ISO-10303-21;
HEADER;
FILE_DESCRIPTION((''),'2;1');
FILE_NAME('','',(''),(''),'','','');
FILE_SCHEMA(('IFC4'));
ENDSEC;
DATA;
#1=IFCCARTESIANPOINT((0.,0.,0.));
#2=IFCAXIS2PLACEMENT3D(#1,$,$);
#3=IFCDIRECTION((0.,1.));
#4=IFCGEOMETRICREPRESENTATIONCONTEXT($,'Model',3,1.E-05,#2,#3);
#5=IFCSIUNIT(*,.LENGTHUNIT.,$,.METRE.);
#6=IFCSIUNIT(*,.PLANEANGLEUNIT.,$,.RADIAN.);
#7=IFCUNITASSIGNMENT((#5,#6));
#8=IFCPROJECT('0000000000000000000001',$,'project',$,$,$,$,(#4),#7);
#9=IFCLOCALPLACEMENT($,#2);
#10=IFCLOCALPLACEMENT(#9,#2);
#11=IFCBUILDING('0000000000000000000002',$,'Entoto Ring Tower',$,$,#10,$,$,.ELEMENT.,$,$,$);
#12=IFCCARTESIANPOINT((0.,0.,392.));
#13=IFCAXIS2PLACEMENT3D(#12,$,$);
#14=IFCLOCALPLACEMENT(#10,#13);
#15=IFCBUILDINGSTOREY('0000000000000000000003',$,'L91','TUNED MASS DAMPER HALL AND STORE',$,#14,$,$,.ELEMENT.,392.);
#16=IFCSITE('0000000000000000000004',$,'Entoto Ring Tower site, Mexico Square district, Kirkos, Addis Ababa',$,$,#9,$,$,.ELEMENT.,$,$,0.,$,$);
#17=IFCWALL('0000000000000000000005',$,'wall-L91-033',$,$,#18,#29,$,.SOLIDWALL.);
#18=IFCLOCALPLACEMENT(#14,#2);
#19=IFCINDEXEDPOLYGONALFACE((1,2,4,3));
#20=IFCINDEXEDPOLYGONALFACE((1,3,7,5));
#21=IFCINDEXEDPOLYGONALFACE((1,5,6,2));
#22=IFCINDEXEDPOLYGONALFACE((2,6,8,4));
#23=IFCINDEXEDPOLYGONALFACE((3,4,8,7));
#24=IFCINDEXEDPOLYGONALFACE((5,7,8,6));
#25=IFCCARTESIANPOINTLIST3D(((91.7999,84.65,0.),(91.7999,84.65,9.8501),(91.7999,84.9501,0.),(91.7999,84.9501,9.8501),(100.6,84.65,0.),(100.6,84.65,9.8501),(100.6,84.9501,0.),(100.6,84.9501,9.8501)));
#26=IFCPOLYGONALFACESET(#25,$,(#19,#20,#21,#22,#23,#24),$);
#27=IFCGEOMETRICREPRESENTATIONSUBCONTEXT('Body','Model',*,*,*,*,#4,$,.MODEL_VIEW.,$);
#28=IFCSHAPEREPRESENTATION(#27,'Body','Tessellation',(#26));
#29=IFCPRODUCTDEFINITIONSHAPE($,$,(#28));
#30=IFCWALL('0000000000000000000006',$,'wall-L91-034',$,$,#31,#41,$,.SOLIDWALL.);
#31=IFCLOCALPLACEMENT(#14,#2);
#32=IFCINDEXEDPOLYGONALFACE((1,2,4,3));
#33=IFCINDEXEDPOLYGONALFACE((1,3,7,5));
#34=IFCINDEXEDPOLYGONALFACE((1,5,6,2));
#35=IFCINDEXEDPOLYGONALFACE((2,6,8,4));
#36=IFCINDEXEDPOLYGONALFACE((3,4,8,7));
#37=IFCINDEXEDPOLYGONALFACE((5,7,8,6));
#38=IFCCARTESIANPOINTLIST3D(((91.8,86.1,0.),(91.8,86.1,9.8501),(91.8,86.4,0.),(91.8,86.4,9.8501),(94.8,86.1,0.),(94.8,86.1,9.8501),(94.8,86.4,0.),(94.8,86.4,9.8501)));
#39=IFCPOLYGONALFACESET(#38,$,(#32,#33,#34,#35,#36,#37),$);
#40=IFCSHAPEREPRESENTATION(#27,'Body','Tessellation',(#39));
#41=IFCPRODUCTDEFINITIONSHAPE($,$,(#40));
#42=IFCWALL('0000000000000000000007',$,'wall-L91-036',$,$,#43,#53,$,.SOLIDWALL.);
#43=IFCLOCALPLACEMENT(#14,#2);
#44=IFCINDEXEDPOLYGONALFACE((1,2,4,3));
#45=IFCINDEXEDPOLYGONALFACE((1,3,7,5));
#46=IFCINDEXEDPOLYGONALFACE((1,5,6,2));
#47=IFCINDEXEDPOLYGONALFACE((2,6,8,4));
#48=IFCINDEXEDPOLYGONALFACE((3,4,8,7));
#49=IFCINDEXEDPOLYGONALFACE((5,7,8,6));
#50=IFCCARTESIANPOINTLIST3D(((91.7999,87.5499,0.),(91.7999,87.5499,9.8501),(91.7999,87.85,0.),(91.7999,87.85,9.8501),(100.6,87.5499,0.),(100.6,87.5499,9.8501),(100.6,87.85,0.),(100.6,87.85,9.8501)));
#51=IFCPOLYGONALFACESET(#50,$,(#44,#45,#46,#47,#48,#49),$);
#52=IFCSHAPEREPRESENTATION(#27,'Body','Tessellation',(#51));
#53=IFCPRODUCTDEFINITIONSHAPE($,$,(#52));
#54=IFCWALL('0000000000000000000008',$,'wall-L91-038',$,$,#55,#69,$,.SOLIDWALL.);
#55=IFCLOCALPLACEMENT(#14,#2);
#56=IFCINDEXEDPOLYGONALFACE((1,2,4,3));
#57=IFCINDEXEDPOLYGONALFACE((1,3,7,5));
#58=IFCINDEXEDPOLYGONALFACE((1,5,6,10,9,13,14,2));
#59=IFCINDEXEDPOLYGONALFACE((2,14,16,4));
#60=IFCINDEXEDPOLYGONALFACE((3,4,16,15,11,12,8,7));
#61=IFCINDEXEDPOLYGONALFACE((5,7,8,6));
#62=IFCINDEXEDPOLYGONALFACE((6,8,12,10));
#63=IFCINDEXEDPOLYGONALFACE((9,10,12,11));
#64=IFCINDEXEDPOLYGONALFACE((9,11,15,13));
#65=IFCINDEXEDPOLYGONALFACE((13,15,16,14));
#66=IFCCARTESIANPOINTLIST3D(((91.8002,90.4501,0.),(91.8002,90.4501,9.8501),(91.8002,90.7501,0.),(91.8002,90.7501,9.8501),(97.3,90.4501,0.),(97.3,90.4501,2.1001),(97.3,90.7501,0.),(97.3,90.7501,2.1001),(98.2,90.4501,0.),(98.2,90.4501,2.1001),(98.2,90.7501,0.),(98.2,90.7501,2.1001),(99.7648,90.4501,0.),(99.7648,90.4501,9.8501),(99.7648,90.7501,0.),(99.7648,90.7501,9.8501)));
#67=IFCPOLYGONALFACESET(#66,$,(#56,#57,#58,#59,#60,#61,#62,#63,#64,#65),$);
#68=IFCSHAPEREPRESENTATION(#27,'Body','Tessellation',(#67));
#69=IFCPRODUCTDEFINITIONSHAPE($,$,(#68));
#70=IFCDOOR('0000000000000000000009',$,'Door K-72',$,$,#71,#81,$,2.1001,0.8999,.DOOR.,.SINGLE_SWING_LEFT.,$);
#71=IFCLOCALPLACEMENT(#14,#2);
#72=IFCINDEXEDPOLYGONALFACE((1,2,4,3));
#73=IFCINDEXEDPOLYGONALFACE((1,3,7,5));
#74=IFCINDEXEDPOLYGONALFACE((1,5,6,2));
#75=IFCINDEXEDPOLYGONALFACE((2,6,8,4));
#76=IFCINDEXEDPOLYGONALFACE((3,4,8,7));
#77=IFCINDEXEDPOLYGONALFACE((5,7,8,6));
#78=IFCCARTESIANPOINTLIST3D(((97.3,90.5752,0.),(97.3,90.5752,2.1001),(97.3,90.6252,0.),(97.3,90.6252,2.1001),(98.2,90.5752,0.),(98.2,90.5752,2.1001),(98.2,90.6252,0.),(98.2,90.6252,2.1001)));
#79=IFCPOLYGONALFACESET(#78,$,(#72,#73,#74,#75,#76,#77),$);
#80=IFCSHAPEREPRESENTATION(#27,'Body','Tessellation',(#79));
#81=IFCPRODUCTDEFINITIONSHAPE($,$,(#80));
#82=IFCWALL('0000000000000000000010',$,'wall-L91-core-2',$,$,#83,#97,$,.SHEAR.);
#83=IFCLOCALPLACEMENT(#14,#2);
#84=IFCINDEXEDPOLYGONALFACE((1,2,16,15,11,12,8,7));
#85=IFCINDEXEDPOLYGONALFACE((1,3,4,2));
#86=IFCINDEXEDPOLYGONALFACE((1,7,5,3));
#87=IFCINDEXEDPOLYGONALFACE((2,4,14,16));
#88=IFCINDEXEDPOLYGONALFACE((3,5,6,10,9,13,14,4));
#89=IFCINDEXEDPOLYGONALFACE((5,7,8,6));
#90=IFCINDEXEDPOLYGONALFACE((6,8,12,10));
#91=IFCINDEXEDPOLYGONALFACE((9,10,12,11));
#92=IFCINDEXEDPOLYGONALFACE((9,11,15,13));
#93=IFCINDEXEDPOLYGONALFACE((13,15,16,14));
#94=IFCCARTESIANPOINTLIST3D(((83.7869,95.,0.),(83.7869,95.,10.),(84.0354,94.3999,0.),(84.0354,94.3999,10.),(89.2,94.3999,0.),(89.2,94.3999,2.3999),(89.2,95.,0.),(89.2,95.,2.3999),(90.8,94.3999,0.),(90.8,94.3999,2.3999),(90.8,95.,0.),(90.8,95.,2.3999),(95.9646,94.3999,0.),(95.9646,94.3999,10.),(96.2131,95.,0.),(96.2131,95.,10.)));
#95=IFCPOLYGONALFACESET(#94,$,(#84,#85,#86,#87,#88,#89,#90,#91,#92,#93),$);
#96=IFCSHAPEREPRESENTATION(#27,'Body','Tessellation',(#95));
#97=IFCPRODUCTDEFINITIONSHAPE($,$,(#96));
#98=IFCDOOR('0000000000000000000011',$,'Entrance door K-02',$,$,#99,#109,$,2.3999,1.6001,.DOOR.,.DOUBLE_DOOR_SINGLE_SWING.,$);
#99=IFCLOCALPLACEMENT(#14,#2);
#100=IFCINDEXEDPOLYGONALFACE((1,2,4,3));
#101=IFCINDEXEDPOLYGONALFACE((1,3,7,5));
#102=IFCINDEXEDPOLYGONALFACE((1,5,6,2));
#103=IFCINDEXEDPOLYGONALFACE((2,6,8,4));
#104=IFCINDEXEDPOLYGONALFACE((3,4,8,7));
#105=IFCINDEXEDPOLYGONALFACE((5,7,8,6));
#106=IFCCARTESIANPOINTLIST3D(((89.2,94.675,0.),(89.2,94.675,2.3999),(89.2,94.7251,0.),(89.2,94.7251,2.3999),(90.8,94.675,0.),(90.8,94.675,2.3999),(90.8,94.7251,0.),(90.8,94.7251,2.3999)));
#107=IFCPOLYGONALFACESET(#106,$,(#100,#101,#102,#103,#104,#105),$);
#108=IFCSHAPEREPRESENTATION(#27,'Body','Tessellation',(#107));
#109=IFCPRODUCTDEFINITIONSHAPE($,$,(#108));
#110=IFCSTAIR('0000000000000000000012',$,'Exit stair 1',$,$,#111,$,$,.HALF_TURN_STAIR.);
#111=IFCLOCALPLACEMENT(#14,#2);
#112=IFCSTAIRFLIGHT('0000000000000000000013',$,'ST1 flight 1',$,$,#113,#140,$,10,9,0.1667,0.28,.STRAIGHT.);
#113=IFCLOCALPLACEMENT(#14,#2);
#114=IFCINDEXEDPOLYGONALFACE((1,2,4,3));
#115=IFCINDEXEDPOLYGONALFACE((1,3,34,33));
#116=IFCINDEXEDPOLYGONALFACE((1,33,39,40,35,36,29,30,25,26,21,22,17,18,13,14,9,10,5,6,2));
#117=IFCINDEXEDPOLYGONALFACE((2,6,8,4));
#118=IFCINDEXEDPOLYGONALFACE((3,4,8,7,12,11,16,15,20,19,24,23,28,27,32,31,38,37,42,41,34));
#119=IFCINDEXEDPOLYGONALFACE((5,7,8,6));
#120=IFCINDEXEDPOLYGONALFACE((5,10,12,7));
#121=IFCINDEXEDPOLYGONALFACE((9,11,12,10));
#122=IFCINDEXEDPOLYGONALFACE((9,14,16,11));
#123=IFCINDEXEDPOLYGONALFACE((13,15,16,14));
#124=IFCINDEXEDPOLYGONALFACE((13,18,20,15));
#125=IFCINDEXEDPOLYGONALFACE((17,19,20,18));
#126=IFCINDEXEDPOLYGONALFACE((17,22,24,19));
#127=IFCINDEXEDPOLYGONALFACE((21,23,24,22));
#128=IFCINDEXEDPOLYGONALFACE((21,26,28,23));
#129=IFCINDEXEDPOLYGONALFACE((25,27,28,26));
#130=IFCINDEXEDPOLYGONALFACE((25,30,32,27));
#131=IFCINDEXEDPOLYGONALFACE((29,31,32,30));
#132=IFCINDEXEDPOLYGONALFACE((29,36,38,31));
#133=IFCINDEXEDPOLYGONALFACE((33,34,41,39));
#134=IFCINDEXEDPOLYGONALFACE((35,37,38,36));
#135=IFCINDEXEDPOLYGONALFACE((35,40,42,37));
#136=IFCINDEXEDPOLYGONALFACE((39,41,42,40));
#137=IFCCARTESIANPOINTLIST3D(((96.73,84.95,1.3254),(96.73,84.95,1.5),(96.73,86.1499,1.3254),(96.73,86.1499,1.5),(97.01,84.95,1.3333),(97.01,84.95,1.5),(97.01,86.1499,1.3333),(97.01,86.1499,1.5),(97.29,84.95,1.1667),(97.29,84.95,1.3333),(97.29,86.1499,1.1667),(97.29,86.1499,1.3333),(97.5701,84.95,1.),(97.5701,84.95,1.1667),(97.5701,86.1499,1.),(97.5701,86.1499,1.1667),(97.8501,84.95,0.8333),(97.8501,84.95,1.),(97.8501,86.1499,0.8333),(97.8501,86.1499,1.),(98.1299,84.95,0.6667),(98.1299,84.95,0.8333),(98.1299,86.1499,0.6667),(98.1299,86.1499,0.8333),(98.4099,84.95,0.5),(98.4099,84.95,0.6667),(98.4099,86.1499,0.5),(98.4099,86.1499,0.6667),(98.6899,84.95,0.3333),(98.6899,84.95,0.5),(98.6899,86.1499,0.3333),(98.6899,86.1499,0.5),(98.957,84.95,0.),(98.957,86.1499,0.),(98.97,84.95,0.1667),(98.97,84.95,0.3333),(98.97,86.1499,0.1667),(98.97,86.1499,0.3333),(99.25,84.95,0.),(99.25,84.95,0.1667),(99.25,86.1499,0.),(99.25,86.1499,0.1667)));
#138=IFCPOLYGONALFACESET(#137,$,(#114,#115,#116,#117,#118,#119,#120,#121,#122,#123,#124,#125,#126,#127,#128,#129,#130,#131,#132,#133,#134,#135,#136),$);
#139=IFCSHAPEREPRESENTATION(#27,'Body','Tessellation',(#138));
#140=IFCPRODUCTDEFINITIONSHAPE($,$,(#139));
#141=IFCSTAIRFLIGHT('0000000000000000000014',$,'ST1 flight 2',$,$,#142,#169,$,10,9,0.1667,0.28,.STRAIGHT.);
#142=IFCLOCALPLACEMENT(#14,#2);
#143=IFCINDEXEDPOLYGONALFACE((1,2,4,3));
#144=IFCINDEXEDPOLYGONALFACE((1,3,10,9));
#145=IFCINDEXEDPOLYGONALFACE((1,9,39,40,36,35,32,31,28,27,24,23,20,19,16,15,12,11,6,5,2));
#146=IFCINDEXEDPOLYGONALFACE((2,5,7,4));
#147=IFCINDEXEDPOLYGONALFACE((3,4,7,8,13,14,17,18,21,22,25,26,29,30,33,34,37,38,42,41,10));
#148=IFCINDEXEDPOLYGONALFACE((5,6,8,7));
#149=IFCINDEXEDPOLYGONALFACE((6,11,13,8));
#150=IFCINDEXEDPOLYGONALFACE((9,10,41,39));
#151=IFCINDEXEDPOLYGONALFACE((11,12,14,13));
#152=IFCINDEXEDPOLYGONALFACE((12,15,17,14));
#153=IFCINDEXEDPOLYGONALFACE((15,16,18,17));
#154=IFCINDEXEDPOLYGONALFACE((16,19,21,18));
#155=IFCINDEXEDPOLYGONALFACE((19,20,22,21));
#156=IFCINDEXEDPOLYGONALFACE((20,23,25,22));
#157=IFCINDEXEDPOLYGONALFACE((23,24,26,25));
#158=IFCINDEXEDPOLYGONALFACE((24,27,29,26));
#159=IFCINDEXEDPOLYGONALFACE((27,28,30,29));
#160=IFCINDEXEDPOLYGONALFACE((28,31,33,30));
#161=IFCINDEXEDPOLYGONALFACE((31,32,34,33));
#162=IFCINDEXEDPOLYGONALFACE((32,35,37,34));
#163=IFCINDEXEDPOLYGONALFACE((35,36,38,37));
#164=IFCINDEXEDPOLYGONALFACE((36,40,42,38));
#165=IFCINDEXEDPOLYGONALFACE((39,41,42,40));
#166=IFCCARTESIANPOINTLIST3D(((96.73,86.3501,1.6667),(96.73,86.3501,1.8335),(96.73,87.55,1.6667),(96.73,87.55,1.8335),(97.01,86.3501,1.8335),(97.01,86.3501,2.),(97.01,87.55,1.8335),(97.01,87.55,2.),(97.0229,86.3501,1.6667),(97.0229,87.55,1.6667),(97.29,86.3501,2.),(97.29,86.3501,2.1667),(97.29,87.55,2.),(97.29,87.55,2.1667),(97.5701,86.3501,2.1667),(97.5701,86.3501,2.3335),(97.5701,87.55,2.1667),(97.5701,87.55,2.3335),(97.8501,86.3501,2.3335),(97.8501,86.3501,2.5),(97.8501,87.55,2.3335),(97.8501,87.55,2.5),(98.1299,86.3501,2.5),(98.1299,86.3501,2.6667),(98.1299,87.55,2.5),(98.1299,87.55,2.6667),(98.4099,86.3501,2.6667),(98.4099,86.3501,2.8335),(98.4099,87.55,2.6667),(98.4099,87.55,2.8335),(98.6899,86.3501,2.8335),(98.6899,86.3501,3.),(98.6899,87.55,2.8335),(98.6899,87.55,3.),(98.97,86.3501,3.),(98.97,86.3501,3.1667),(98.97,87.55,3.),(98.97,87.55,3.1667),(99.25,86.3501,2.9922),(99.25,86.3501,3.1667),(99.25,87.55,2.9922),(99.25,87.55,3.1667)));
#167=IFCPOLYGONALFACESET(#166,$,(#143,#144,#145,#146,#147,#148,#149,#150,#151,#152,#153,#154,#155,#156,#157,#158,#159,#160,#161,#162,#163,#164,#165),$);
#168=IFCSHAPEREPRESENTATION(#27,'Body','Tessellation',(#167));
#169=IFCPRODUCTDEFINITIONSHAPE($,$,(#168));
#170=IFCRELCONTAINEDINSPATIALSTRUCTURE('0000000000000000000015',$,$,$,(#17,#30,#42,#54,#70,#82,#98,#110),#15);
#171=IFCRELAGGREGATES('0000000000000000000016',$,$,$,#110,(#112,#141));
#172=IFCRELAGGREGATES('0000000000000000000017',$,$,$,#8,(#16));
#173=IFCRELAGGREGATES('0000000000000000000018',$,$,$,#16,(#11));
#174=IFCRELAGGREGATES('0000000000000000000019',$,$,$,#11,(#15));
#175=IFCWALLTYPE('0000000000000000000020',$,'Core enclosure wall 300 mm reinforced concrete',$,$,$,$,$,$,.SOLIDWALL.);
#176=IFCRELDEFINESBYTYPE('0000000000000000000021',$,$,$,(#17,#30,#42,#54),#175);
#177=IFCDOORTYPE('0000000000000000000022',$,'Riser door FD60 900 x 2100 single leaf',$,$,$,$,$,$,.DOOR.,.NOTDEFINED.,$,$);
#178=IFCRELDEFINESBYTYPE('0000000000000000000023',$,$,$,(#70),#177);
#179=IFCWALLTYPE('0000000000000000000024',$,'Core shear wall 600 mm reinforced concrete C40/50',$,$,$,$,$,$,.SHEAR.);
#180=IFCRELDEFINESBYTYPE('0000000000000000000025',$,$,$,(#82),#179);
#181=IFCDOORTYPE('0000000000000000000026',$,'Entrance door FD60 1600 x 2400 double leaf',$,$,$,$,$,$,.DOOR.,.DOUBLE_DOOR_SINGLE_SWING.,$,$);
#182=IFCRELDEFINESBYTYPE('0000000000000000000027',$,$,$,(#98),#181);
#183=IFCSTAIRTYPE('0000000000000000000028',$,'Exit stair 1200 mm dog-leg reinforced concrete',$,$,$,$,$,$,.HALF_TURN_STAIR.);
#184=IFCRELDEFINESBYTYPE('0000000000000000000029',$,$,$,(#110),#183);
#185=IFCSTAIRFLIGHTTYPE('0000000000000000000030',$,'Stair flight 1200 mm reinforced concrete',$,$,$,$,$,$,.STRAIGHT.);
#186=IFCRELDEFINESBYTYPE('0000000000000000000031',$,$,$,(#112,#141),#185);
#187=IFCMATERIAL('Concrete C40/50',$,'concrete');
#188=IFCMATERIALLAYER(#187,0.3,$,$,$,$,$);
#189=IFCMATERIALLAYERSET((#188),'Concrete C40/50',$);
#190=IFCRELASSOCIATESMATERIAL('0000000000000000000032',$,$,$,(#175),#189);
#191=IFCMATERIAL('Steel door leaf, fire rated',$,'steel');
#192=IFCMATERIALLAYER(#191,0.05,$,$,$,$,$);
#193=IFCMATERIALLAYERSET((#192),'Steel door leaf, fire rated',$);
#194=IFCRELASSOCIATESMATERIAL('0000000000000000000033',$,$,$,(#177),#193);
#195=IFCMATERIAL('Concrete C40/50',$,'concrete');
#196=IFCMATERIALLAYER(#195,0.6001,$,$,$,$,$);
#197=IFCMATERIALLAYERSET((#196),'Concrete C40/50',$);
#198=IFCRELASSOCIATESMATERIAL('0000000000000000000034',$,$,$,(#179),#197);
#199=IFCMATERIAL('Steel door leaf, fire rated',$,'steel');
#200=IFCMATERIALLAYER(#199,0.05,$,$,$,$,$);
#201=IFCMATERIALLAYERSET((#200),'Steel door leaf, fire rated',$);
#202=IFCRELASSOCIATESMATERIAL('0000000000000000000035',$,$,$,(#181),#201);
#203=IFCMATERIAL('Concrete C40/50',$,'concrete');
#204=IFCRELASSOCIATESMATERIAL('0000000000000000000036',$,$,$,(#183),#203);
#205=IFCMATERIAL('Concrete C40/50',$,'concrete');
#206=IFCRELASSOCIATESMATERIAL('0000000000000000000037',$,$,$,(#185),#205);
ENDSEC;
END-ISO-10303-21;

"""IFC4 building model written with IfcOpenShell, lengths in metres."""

from ifc_helpers import new_model, si_unit, direction, frame, frame_2d, origin, place, context, subcontext, project, spatial, polyline, rectangle, outline, extrude, material, layer, layer_set, type_object, element, fill, aggregate, save


model = new_model("IFC4")

# Units and contexts
model_context = context("Model", 3, precision=1e-05, world=origin(), true_north=direction((0.0, 1.0)))
body_context = subcontext(model_context, "Body", "Model", "MODEL_VIEW")
ifc_project = project(units=[si_unit("LENGTHUNIT", "METRE"), si_unit("PLANEANGLEUNIT", "RADIAN")], contexts=[model_context])

# Site, building, storey
site_placement = place(None, origin())
site = spatial("IfcSite", under=ifc_project, at=site_placement, Name="Entoto Ring Tower site, Mexico Square district, Kirkos, Addis Ababa", CompositionType="ELEMENT", RefElevation=0.0)
building_placement = place(site_placement, origin())
building = spatial("IfcBuilding", under=site, at=building_placement, Name="Entoto Ring Tower", CompositionType="ELEMENT")
storey_placement = place(building_placement, frame((0.0, 0.0, 392.0)))
storey = spatial("IfcBuildingStorey", under=building, at=storey_placement, Name="L91", Description="TUNED MASS DAMPER HALL AND STORE", CompositionType="ELEMENT", Elevation=392.0)

# Shared definitions
ifc_material_1 = material(Name="Concrete C40/50", Category="concrete")
ifc_layer_1 = layer(ifc_material_1, 0.3)
ifc_layer_set_1 = layer_set([ifc_layer_1], Name="Concrete C40/50")
wall_type_1 = type_object("IfcWallType", Name="Core enclosure wall 300 mm reinforced concrete", PredefinedType="SOLIDWALL", material=ifc_layer_set_1)

# Walls
wall_1_placement = place(storey_placement, frame((91.8, 84.8, 0.0), z_axis=(0.0, 0.0, 1.0), x_axis=(1.0, 0.0, 0.0)))
element("IfcWall", 1, at=wall_1_placement, inside=storey, type_object=wall_type_1, Name="wall-L91-033", PredefinedType="SOLIDWALL", context=body_context, shape_type="SweptSolid", body=[
    extrude(rectangle(XDim=8.8, YDim=0.3, at=frame_2d((4.3999, 0.0))), origin(), (0.0, 0.0, 1.0), 9.8501),
])
wall_2_placement = place(storey_placement, frame((91.8, 86.25, 0.0), z_axis=(0.0, 0.0, 1.0), x_axis=(1.0, 0.0, 0.0)))
element("IfcWall", 2, at=wall_2_placement, inside=storey, type_object=wall_type_1, Name="wall-L91-034", PredefinedType="SOLIDWALL", context=body_context, shape_type="SweptSolid", body=[
    extrude(rectangle(XDim=3.0, YDim=0.3, at=frame_2d((1.5, 0.0))), origin(), (0.0, 0.0, 1.0), 9.8501),
])
wall_3_placement = place(storey_placement, frame((91.8, 87.7, 0.0), z_axis=(0.0, 0.0, 1.0), x_axis=(1.0, 0.0, 0.0)))
element("IfcWall", 3, at=wall_3_placement, inside=storey, type_object=wall_type_1, Name="wall-L91-036", PredefinedType="SOLIDWALL", context=body_context, shape_type="SweptSolid", body=[
    extrude(rectangle(XDim=8.8, YDim=0.3, at=frame_2d((4.3999, 0.0))), origin(), (0.0, 0.0, 1.0), 9.8501),
])

# Walls, openings, doors
wall_4_placement = place(storey_placement, frame((91.8, 90.6001, 0.0), z_axis=(0.0, 0.0, 1.0), x_axis=(1.0, 0.0, 0.0)))
wall_4 = element("IfcWall", 4, at=wall_4_placement, inside=storey, type_object=wall_type_1, Name="wall-L91-038", PredefinedType="SOLIDWALL", context=body_context, shape_type="SweptSolid", body=[
    extrude(rectangle(XDim=7.9646, YDim=0.3, at=frame_2d((3.9824, 0.0))), origin(), (0.0, 0.0, 1.0), 9.8501),
])
opening_1_placement = place(wall_4_placement, frame((5.5, 0.0, 0.0)))
opening_1 = element("IfcOpeningElement", 5, at=opening_1_placement, cuts=wall_4, PredefinedType="OPENING", context=body_context, shape_type="SweptSolid", body=[
    extrude(rectangle(XDim=0.8999, YDim=2.1001, at=frame_2d((0.45, 1.05))), frame((0.0, 0.1602, 0.0), z_axis=(0.0, -1.0, 0.0), x_axis=(1.0, 0.0, 0.0)), (0.0, 0.0, 1.0), 0.3201),
])
ifc_material_2 = material(Name="Steel door leaf, fire rated", Category="steel")
ifc_layer_2 = layer(ifc_material_2, 0.05)
ifc_layer_set_2 = layer_set([ifc_layer_2], Name="Steel door leaf, fire rated")
door_type_1 = type_object("IfcDoorType", Name="Riser door FD60 900 x 2100 single leaf", OperationType="NOTDEFINED", PredefinedType="DOOR", material=ifc_layer_set_2)
door_1_placement = place(opening_1_placement, frame((0.8999, 0.0, 0.0), z_axis=(0.0, 0.0, 1.0), x_axis=(-1.0, 0.0, 0.0)))
door_1 = element("IfcDoor", 6, at=door_1_placement, inside=storey, type_object=door_type_1, Name="Door K-72", OperationType="SINGLE_SWING_LEFT", OverallHeight=2.1001, OverallWidth=0.8999, PredefinedType="DOOR", context=body_context, shape_type="SweptSolid", body=[
    extrude(rectangle(XDim=0.8999, YDim=2.1001, at=frame_2d((0.45, 1.05))), frame((0.0, 0.0249, 0.0), z_axis=(0.0, -1.0, 0.0), x_axis=(1.0, 0.0, 0.0)), (0.0, 0.0, 1.0), 0.05),
])
fill(opening_1, door_1)
ifc_material_3 = material(Name="Concrete C40/50", Category="concrete")
ifc_layer_3 = layer(ifc_material_3, 0.6001)
ifc_layer_set_3 = layer_set([ifc_layer_3], Name="Concrete C40/50")
wall_type_2 = type_object("IfcWallType", Name="Core shear wall 600 mm reinforced concrete C40/50", PredefinedType="SHEAR", material=ifc_layer_set_3)
wall_5_placement = place(storey_placement, frame((96.0889, 94.7, 0.0), z_axis=(0.0, 0.0, 1.0), x_axis=(-1.0, 0.0, 0.0)))
wall_5 = element("IfcWall", 7, at=wall_5_placement, inside=storey, type_object=wall_type_2, Name="wall-L91-core-2", PredefinedType="SHEAR", context=body_context, shape_type="SweptSolid", body=[
    extrude(outline(polyline([(-0.1243, -0.3), (12.302, -0.3), (12.0535, 0.3), (0.1243, 0.3), (-0.1243, -0.3)])), origin(), (0.0, 0.0, 1.0), 10.0),
])
opening_2_placement = place(wall_5_placement, frame((5.2888, 0.0, 0.0)))
opening_2 = element("IfcOpeningElement", 8, at=opening_2_placement, cuts=wall_5, PredefinedType="OPENING", context=body_context, shape_type="SweptSolid", body=[
    extrude(rectangle(XDim=1.6001, YDim=2.3999, at=frame_2d((0.8, 1.2))), frame((0.0, 0.3101, 0.0), z_axis=(0.0, -1.0, 0.0), x_axis=(1.0, 0.0, 0.0)), (0.0, 0.0, 1.0), 0.6201),
])
ifc_material_4 = material(Name="Steel door leaf, fire rated", Category="steel")
ifc_layer_4 = layer(ifc_material_4, 0.05)
ifc_layer_set_4 = layer_set([ifc_layer_4], Name="Steel door leaf, fire rated")
door_type_2 = type_object("IfcDoorType", Name="Entrance door FD60 1600 x 2400 double leaf", OperationType="DOUBLE_DOOR_SINGLE_SWING", PredefinedType="DOOR", material=ifc_layer_set_4)
door_2_placement = place(opening_2_placement, origin())
door_2 = element("IfcDoor", 9, at=door_2_placement, inside=storey, type_object=door_type_2, Name="Entrance door K-02", OperationType="DOUBLE_DOOR_SINGLE_SWING", OverallHeight=2.3999, OverallWidth=1.6001, PredefinedType="DOOR", context=body_context, shape_type="SweptSolid", body=[
    extrude(rectangle(XDim=1.6001, YDim=2.3999, at=frame_2d((0.8, 1.2))), frame((0.0, 0.0249, 0.0), z_axis=(0.0, -1.0, 0.0), x_axis=(1.0, 0.0, 0.0)), (0.0, 0.0, 1.0), 0.05),
])
fill(opening_2, door_2)

# Stair, stair flights
ifc_material_5 = material(Name="Concrete C40/50", Category="concrete")
stair_type = type_object("IfcStairType", Name="Exit stair 1200 mm dog-leg reinforced concrete", PredefinedType="HALF_TURN_STAIR", material=ifc_material_5)
stair_placement = place(storey_placement, origin())
stair = element("IfcStair", 10, at=stair_placement, inside=storey, type_object=stair_type, Name="Exit stair 1", PredefinedType="HALF_TURN_STAIR")
ifc_material_6 = material(Name="Concrete C40/50", Category="concrete")
stair_flight_type = type_object("IfcStairFlightType", Name="Stair flight 1200 mm reinforced concrete", PredefinedType="STRAIGHT", material=ifc_material_6)
stair_flight_1_placement = place(storey_placement, frame((99.25, 85.55, 0.0), z_axis=(0.0, 0.0, 1.0), x_axis=(-1.0, 0.0, 0.0)))
stair_flight_1 = element("IfcStairFlight", 11, at=stair_flight_1_placement, type_object=stair_flight_type, Name="ST1 flight 1", NumberOfRisers=10, NumberOfTreads=9, PredefinedType="STRAIGHT", RiserHeight=0.1667, TreadLength=0.28, context=body_context, shape_type="SweptSolid", body=[
    extrude(outline(polyline([(0.0, 0.0), (0.0, 0.1667), (0.28, 0.1667), (0.28, 0.3333), (0.5601, 0.3333), (0.5601, 0.5), (0.8401, 0.5), (0.8401, 0.6667), (1.1201, 0.6667), (1.1201, 0.8333), (1.3999, 0.8333), (1.3999, 1.0), (1.6799, 1.0), (1.6799, 1.1667), (1.96, 1.1667), (1.96, 1.3333), (2.24, 1.3333), (2.24, 1.5), (2.52, 1.5), (2.52, 1.6667), (2.52, 1.3254), (0.293, 0.0), (0.0, 0.0)])), frame((0.0, 0.6001, 0.0), z_axis=(0.0, -1.0, 0.0), x_axis=(1.0, 0.0, 0.0)), (0.0, 0.0, 1.0), 1.2),
])
stair_flight_2_placement = place(storey_placement, frame((96.73, 86.95, 1.6667), z_axis=(0.0, 0.0, 1.0), x_axis=(1.0, 0.0, 0.0)))
stair_flight_2 = element("IfcStairFlight", 12, at=stair_flight_2_placement, type_object=stair_flight_type, Name="ST1 flight 2", NumberOfRisers=10, NumberOfTreads=9, PredefinedType="STRAIGHT", RiserHeight=0.1667, TreadLength=0.28, context=body_context, shape_type="SweptSolid", body=[
    extrude(outline(polyline([(0.0, 0.0), (0.0, 0.1667), (0.28, 0.1667), (0.28, 0.3333), (0.5601, 0.3333), (0.5601, 0.5), (0.8401, 0.5), (0.8401, 0.6667), (1.1201, 0.6667), (1.1201, 0.8333), (1.3999, 0.8333), (1.3999, 1.0), (1.6799, 1.0), (1.6799, 1.1667), (1.96, 1.1667), (1.96, 1.3333), (2.24, 1.3333), (2.24, 1.5), (2.52, 1.5), (2.52, 1.6667), (2.52, 1.3254), (0.293, 0.0), (0.0, 0.0)])), frame((0.0, 0.6001, 0.0), z_axis=(0.0, -1.0, 0.0), x_axis=(1.0, 0.0, 0.0)), (0.0, 0.0, 1.0), 1.2),
])
aggregate(stair, [stair_flight_1, stair_flight_2])

save(model, "model.ifc")
